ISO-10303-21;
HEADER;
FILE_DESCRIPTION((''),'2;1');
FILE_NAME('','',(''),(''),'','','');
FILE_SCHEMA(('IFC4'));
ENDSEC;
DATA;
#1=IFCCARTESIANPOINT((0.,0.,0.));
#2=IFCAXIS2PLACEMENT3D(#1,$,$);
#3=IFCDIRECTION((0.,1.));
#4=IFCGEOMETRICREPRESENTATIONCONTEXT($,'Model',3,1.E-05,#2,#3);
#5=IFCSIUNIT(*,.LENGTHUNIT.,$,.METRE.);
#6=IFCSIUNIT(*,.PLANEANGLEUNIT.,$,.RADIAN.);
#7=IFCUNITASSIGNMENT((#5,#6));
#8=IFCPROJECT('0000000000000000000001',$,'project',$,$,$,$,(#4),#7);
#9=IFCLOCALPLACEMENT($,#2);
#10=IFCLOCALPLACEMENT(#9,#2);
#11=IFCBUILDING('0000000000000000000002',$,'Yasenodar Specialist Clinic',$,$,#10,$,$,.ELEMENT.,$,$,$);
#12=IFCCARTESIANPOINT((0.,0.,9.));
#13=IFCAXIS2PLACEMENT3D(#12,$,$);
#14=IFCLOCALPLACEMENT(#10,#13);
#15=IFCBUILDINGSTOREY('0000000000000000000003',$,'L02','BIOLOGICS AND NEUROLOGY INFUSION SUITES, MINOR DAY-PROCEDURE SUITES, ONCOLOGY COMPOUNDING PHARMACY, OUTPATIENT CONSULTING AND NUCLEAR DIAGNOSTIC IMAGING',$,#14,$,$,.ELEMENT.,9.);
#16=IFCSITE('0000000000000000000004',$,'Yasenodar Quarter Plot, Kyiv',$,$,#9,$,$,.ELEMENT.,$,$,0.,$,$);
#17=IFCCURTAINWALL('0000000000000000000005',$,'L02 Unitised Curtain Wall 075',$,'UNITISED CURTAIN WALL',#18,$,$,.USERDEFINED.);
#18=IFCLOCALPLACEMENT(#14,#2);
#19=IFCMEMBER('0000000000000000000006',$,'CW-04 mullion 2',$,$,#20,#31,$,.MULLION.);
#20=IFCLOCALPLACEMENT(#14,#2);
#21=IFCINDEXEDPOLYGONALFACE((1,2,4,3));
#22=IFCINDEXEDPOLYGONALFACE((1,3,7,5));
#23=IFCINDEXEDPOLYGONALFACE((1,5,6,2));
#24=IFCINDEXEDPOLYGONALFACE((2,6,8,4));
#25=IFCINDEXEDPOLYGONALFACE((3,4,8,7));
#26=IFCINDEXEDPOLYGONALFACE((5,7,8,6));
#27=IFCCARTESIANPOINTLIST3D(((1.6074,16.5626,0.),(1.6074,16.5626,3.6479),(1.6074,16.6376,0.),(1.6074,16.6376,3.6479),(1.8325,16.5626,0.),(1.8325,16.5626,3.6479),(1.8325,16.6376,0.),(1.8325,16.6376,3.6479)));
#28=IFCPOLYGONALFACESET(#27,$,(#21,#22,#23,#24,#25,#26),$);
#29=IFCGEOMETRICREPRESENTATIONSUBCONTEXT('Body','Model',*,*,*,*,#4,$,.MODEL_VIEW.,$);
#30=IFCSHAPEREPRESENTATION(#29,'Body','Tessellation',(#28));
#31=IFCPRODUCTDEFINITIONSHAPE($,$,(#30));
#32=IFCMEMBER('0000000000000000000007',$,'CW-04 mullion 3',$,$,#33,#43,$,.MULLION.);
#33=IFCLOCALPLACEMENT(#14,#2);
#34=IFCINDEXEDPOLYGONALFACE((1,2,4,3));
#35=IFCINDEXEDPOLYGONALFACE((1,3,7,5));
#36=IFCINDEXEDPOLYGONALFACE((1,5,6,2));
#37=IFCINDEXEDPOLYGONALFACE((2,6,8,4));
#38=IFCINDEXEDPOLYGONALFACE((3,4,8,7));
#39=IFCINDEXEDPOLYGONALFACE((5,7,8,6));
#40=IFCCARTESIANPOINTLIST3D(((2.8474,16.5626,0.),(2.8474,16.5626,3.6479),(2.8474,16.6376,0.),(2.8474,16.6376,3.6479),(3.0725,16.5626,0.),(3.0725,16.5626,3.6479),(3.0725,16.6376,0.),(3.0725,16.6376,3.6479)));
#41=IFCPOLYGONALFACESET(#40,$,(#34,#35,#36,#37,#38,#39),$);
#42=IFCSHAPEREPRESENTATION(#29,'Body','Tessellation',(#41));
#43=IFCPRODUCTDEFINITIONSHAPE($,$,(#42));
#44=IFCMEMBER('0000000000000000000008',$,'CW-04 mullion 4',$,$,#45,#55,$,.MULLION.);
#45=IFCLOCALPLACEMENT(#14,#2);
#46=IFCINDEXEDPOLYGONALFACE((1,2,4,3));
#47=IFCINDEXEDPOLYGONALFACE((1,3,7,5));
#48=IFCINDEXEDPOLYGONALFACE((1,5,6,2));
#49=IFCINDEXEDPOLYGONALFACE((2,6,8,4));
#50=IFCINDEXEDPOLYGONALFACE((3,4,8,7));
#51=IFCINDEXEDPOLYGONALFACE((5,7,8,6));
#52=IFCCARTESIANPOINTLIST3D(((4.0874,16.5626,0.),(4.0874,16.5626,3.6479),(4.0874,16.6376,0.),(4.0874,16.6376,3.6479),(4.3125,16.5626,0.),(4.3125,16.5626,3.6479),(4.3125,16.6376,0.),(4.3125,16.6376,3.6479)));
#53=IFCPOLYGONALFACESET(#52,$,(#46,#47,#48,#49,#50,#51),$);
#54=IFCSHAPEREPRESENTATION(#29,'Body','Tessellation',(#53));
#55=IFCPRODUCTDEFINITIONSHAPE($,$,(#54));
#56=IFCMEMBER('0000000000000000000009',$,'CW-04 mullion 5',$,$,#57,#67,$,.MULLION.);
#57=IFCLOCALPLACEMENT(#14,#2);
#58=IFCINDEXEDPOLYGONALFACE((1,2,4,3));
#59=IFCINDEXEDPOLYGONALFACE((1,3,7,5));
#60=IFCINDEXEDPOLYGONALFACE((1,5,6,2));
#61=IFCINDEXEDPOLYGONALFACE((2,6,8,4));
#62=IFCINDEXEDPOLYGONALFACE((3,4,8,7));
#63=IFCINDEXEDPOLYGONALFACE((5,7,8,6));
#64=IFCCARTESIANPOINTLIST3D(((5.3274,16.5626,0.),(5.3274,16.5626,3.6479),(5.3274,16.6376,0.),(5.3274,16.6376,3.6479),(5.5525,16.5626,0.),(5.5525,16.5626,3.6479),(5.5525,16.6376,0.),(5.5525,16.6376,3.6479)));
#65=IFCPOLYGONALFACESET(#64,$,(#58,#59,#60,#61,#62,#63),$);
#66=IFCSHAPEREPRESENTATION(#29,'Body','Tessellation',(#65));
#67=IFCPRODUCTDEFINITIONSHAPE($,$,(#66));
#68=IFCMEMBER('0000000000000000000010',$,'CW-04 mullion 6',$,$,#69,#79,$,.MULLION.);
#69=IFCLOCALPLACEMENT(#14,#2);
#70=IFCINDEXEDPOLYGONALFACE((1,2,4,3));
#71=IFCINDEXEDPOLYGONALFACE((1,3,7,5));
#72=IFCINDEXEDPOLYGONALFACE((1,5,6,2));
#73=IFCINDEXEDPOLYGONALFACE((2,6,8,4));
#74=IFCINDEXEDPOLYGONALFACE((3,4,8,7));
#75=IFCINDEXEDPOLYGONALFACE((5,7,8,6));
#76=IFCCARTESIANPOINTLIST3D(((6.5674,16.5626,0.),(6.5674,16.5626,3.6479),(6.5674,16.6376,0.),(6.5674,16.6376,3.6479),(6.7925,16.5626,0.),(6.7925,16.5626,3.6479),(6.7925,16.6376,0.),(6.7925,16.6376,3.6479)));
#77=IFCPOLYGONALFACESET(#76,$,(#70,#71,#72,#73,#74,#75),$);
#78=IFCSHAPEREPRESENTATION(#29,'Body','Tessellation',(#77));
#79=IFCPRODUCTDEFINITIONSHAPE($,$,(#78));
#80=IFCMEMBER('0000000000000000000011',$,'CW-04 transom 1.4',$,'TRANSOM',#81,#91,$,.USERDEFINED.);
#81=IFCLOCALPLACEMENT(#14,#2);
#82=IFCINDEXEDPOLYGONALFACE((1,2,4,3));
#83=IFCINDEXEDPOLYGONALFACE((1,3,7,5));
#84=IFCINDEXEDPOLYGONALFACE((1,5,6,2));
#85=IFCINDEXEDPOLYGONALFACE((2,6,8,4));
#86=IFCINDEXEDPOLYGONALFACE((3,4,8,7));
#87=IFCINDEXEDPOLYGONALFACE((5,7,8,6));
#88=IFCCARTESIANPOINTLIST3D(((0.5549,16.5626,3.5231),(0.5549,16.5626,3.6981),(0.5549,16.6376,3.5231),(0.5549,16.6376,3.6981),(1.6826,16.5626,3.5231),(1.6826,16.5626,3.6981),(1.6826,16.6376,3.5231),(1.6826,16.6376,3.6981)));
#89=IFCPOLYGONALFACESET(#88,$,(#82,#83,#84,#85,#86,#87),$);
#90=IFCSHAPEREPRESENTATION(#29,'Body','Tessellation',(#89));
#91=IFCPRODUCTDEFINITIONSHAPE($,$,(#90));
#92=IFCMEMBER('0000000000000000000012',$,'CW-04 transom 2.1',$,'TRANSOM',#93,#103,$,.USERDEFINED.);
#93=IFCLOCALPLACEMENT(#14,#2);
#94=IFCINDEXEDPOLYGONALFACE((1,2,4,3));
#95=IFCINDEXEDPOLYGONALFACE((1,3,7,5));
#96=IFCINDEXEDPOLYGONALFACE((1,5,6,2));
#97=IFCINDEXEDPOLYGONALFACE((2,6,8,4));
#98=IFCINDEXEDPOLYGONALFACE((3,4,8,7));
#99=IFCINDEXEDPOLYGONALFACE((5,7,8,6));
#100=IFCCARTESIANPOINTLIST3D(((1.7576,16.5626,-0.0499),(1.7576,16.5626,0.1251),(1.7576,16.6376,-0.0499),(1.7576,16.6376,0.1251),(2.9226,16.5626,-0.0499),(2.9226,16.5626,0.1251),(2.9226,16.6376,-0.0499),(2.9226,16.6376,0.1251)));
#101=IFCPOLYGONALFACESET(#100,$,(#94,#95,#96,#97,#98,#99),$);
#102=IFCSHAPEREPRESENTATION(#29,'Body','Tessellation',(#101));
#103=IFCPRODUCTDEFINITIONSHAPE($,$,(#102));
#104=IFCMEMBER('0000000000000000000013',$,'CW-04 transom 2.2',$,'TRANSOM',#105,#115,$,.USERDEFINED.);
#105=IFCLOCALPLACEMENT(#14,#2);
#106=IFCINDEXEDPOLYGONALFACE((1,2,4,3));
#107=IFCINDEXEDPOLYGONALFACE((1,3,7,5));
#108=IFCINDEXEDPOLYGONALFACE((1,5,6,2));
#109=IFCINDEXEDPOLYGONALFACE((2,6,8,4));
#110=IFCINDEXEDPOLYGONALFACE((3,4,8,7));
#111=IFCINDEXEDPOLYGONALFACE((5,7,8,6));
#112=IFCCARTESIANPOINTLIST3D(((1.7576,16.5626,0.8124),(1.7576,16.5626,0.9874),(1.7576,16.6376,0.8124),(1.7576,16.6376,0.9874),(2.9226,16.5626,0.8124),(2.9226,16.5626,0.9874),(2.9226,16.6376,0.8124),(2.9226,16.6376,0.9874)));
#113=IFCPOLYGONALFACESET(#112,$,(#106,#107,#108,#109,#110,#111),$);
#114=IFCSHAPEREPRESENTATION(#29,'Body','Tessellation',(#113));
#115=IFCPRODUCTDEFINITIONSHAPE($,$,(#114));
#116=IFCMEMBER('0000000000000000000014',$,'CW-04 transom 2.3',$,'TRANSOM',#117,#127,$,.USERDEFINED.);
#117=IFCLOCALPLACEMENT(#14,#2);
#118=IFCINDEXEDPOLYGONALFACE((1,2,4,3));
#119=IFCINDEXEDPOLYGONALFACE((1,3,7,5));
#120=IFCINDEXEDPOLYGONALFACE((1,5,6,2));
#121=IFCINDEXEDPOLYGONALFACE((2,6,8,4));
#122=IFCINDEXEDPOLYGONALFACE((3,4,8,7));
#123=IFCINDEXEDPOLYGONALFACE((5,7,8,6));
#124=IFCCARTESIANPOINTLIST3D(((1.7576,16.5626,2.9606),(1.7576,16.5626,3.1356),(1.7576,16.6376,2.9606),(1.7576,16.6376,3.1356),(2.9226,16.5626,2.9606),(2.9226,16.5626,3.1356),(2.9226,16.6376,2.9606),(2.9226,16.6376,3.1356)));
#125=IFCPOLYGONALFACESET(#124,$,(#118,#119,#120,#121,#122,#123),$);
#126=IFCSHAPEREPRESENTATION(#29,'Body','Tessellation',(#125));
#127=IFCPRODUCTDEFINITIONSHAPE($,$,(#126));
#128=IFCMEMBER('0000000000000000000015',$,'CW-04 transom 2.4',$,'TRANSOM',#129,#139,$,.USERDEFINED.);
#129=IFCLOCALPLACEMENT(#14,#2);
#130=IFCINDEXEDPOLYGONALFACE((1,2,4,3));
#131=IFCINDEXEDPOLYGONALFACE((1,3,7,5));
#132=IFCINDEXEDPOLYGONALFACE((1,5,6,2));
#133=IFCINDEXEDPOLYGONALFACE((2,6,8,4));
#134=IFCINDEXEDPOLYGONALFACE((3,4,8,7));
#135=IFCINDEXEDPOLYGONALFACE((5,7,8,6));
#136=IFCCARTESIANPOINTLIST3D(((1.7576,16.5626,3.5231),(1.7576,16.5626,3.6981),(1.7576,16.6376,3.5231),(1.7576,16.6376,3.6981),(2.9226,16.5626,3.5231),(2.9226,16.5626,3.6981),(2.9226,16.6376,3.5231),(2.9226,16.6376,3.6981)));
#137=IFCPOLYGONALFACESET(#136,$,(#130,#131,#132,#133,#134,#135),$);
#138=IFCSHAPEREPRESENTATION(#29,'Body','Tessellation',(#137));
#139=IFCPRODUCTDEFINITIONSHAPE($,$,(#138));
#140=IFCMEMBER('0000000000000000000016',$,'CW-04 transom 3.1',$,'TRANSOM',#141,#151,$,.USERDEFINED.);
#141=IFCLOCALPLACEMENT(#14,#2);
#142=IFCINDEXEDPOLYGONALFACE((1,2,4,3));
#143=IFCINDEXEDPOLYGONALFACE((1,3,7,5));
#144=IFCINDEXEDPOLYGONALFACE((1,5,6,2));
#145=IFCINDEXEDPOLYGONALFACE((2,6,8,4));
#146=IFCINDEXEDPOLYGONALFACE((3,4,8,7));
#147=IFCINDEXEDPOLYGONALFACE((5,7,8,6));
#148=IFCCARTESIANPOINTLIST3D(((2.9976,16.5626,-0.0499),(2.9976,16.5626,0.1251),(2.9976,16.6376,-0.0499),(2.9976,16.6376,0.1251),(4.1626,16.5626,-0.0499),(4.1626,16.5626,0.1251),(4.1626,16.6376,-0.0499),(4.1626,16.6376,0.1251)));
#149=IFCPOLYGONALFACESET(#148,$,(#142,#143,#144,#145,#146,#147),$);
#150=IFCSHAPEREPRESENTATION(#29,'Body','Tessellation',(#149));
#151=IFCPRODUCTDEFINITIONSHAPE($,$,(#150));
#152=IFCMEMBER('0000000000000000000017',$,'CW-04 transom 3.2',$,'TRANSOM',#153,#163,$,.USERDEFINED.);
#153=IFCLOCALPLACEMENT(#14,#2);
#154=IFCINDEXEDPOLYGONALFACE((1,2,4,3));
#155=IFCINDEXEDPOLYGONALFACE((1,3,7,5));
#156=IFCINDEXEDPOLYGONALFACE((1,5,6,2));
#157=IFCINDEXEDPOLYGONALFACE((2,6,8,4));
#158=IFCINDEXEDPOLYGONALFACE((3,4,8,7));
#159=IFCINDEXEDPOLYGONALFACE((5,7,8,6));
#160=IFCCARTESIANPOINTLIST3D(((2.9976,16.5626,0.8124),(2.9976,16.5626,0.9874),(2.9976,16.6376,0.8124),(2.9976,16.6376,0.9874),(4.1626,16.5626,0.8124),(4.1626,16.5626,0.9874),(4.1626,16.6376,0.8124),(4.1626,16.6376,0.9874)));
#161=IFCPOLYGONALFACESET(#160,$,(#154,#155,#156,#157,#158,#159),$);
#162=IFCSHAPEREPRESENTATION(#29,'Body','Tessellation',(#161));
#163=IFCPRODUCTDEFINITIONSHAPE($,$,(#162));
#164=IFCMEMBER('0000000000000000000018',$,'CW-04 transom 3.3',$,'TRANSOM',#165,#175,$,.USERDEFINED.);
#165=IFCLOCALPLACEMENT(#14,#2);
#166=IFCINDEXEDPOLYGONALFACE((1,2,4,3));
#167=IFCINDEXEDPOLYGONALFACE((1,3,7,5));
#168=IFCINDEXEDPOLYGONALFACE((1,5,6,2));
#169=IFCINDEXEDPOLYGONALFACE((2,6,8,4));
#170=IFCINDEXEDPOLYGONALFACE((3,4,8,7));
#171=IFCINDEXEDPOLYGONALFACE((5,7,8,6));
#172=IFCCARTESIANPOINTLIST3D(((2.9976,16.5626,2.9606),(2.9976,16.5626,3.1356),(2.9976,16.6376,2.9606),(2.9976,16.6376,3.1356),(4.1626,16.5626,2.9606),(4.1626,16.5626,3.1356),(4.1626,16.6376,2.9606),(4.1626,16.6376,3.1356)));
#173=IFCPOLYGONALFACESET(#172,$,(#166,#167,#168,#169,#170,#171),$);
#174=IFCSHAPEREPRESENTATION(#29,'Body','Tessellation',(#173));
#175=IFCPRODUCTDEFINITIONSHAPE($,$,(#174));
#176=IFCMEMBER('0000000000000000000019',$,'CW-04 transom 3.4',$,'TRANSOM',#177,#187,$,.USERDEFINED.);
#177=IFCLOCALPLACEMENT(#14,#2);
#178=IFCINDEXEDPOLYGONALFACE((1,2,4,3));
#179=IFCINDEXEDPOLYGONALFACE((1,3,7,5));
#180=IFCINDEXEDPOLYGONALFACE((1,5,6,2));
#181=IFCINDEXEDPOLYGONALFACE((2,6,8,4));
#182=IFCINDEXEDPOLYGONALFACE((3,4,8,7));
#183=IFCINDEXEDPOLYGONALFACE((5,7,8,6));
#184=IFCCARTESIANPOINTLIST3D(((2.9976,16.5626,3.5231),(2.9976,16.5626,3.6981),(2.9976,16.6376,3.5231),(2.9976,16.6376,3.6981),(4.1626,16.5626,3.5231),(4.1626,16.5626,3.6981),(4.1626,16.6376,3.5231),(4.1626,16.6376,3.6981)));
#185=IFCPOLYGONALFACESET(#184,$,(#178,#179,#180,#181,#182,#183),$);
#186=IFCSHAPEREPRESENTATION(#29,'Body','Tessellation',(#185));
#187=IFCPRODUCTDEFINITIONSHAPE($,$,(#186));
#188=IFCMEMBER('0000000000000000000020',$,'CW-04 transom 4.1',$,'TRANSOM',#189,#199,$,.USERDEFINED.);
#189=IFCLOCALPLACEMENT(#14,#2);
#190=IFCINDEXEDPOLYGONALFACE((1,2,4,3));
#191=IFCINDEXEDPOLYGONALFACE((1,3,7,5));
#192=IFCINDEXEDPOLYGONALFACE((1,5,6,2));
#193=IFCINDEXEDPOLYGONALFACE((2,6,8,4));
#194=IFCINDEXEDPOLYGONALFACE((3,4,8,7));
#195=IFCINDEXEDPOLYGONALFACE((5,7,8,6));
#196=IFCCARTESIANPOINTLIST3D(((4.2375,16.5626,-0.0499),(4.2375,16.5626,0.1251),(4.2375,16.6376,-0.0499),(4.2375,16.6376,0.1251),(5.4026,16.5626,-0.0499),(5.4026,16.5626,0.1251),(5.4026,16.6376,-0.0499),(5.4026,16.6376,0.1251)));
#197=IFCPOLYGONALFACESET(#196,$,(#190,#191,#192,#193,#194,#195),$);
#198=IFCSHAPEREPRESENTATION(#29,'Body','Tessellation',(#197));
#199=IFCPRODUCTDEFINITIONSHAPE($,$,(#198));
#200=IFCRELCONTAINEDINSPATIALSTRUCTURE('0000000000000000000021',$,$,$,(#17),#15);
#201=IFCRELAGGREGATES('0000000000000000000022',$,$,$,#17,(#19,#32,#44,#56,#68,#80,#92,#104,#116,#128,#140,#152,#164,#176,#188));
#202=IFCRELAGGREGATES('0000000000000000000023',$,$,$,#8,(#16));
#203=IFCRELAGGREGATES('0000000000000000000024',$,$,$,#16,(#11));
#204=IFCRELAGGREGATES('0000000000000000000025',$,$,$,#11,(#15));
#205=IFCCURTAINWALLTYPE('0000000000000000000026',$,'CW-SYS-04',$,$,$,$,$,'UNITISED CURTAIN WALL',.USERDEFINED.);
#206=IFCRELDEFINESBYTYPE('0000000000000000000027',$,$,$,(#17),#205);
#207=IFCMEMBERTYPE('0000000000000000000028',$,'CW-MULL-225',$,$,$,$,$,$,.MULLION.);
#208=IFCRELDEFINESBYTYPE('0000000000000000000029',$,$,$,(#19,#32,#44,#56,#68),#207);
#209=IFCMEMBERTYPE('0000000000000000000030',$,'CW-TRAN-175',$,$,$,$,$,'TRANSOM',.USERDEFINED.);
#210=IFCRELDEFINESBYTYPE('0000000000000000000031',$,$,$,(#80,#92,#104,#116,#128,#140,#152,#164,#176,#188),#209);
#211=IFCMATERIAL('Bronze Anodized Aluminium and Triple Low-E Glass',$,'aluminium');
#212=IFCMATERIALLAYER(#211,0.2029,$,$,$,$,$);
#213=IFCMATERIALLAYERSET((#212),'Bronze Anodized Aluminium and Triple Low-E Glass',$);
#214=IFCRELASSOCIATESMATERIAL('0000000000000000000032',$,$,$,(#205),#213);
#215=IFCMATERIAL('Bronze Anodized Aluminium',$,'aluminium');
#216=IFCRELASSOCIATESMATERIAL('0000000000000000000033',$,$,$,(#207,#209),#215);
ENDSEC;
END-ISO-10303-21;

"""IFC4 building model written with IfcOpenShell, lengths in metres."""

from ifc_helpers import new_model, si_unit, direction, frame, origin, origin_2d, place, context, subcontext, project, spatial, rectangle, extrude, material, layer, layer_set, material_profile, profile_set, type_object, element, aggregate, save


model = new_model("IFC4")

# Units and contexts
model_context = context("Model", 3, precision=1e-05, world=origin(), true_north=direction((0.0, 1.0)))
body_context = subcontext(model_context, "Body", "Model", "MODEL_VIEW")
ifc_project = project(units=[si_unit("LENGTHUNIT", "METRE"), si_unit("PLANEANGLEUNIT", "RADIAN")], contexts=[model_context])

# Site, building, storey
site_placement = place(None, origin())
site = spatial("IfcSite", under=ifc_project, at=site_placement, Name="Yasenodar Quarter Plot, Kyiv", CompositionType="ELEMENT", RefElevation=0.0)
building_placement = place(site_placement, origin())
building = spatial("IfcBuilding", under=site, at=building_placement, Name="Yasenodar Specialist Clinic", CompositionType="ELEMENT")
storey_placement = place(building_placement, frame((0.0, 0.0, 9.0)))
storey = spatial("IfcBuildingStorey", under=building, at=storey_placement, Name="L02", Description="BIOLOGICS AND NEUROLOGY INFUSION SUITES, MINOR DAY-PROCEDURE SUITES, ONCOLOGY COMPOUNDING PHARMACY, OUTPATIENT CONSULTING AND NUCLEAR DIAGNOSTIC IMAGING", CompositionType="ELEMENT", Elevation=9.0)

# Curtain wall, members
ifc_material_1 = material(Name="Bronze Anodized Aluminium and Triple Low-E Glass", Category="aluminium")
ifc_layer_1 = layer(ifc_material_1, 0.2029)
ifc_layer_set_1 = layer_set([ifc_layer_1], Name="Bronze Anodized Aluminium and Triple Low-E Glass")
curtain_wall_type = type_object("IfcCurtainWallType", Name="CW-SYS-04", ElementType="UNITISED CURTAIN WALL", PredefinedType="USERDEFINED", material=ifc_layer_set_1)
curtain_wall_placement = place(storey_placement, origin())
curtain_wall = element("IfcCurtainWall", 1, at=curtain_wall_placement, inside=storey, type_object=curtain_wall_type, Name="L02 Unitised Curtain Wall 075", ObjectType="UNITISED CURTAIN WALL", PredefinedType="USERDEFINED")
ifc_material_2 = material(Name="Bronze Anodized Aluminium", Category="aluminium")
ifc_material_profile_1 = material_profile(ifc_material_2, rectangle(XDim=0.075, YDim=0.2251, at=origin_2d()), Name="CW-MULL 75x225")
ifc_profile_set_1 = profile_set([ifc_material_profile_1], Name="Bronze Anodized Aluminium")
member_type_1 = type_object("IfcMemberType", Name="CW-MULL-225", PredefinedType="MULLION", material=ifc_profile_set_1)
member_1_placement = place(storey_placement, frame((1.72, 16.6001, 0.0), z_axis=(0.0, 0.0, 1.0), x_axis=(0.0, 1.0, 0.0)))
member_1 = element("IfcMember", 2, at=member_1_placement, type_object=member_type_1, Name="CW-04 mullion 2", PredefinedType="MULLION", context=body_context, shape_type="SweptSolid", body=[
    extrude(rectangle(XDim=0.075, YDim=0.2251, at=origin_2d()), origin(), (0.0, 0.0, 1.0), 3.6479),
])
member_2_placement = place(storey_placement, frame((2.96, 16.6001, 0.0), z_axis=(0.0, 0.0, 1.0), x_axis=(0.0, 1.0, 0.0)))
member_2 = element("IfcMember", 3, at=member_2_placement, type_object=member_type_1, Name="CW-04 mullion 3", PredefinedType="MULLION", context=body_context, shape_type="SweptSolid", body=[
    extrude(rectangle(XDim=0.075, YDim=0.2251, at=origin_2d()), origin(), (0.0, 0.0, 1.0), 3.6479),
])
member_3_placement = place(storey_placement, frame((4.2, 16.6001, 0.0), z_axis=(0.0, 0.0, 1.0), x_axis=(0.0, 1.0, 0.0)))
member_3 = element("IfcMember", 4, at=member_3_placement, type_object=member_type_1, Name="CW-04 mullion 4", PredefinedType="MULLION", context=body_context, shape_type="SweptSolid", body=[
    extrude(rectangle(XDim=0.075, YDim=0.2251, at=origin_2d()), origin(), (0.0, 0.0, 1.0), 3.6479),
])
member_4_placement = place(storey_placement, frame((5.4399, 16.6001, 0.0), z_axis=(0.0, 0.0, 1.0), x_axis=(0.0, 1.0, 0.0)))
member_4 = element("IfcMember", 5, at=member_4_placement, type_object=member_type_1, Name="CW-04 mullion 5", PredefinedType="MULLION", context=body_context, shape_type="SweptSolid", body=[
    extrude(rectangle(XDim=0.075, YDim=0.2251, at=origin_2d()), origin(), (0.0, 0.0, 1.0), 3.6479),
])
member_5_placement = place(storey_placement, frame((6.6799, 16.6001, 0.0), z_axis=(0.0, 0.0, 1.0), x_axis=(0.0, 1.0, 0.0)))
member_5 = element("IfcMember", 6, at=member_5_placement, type_object=member_type_1, Name="CW-04 mullion 6", PredefinedType="MULLION", context=body_context, shape_type="SweptSolid", body=[
    extrude(rectangle(XDim=0.075, YDim=0.2251, at=origin_2d()), origin(), (0.0, 0.0, 1.0), 3.6479),
])
ifc_material_profile_2 = material_profile(ifc_material_2, rectangle(XDim=0.075, YDim=0.175, at=origin_2d()), Name="CW-TRAN 75x175")
ifc_profile_set_2 = profile_set([ifc_material_profile_2], Name="Bronze Anodized Aluminium")
member_type_2 = type_object("IfcMemberType", Name="CW-TRAN-175", ElementType="TRANSOM", PredefinedType="USERDEFINED", material=ifc_profile_set_2)
member_6_placement = place(storey_placement, frame((0.5549, 16.6001, 3.6106), z_axis=(1.0, 0.0, 0.0), x_axis=(0.0, 1.0, 0.0)))
member_6 = element("IfcMember", 7, at=member_6_placement, type_object=member_type_2, Name="CW-04 transom 1.4", ObjectType="TRANSOM", PredefinedType="USERDEFINED", context=body_context, shape_type="SweptSolid", body=[
    extrude(rectangle(XDim=0.075, YDim=0.175, at=origin_2d()), origin(), (0.0, 0.0, 1.0), 1.1277),
])
member_7_placement = place(storey_placement, frame((1.7576, 16.6001, 0.0376), z_axis=(1.0, 0.0, 0.0), x_axis=(0.0, 1.0, 0.0)))
member_7 = element("IfcMember", 8, at=member_7_placement, type_object=member_type_2, Name="CW-04 transom 2.1", ObjectType="TRANSOM", PredefinedType="USERDEFINED", context=body_context, shape_type="SweptSolid", body=[
    extrude(rectangle(XDim=0.075, YDim=0.175, at=origin_2d()), origin(), (0.0, 0.0, 1.0), 1.165),
])
member_8_placement = place(storey_placement, frame((1.7576, 16.6001, 0.8999), z_axis=(1.0, 0.0, 0.0), x_axis=(0.0, 1.0, 0.0)))
member_8 = element("IfcMember", 9, at=member_8_placement, type_object=member_type_2, Name="CW-04 transom 2.2", ObjectType="TRANSOM", PredefinedType="USERDEFINED", context=body_context, shape_type="SweptSolid", body=[
    extrude(rectangle(XDim=0.075, YDim=0.175, at=origin_2d()), origin(), (0.0, 0.0, 1.0), 1.165),
])
member_9_placement = place(storey_placement, frame((1.7576, 16.6001, 3.0481), z_axis=(1.0, 0.0, 0.0), x_axis=(0.0, 1.0, 0.0)))
member_9 = element("IfcMember", 10, at=member_9_placement, type_object=member_type_2, Name="CW-04 transom 2.3", ObjectType="TRANSOM", PredefinedType="USERDEFINED", context=body_context, shape_type="SweptSolid", body=[
    extrude(rectangle(XDim=0.075, YDim=0.175, at=origin_2d()), origin(), (0.0, 0.0, 1.0), 1.165),
])
member_10_placement = place(storey_placement, frame((1.7576, 16.6001, 3.6106), z_axis=(1.0, 0.0, 0.0), x_axis=(0.0, 1.0, 0.0)))
member_10 = element("IfcMember", 11, at=member_10_placement, type_object=member_type_2, Name="CW-04 transom 2.4", ObjectType="TRANSOM", PredefinedType="USERDEFINED", context=body_context, shape_type="SweptSolid", body=[
    extrude(rectangle(XDim=0.075, YDim=0.175, at=origin_2d()), origin(), (0.0, 0.0, 1.0), 1.165),
])
member_11_placement = place(storey_placement, frame((2.9976, 16.6001, 0.0376), z_axis=(1.0, 0.0, 0.0), x_axis=(0.0, 1.0, 0.0)))
member_11 = element("IfcMember", 12, at=member_11_placement, type_object=member_type_2, Name="CW-04 transom 3.1", ObjectType="TRANSOM", PredefinedType="USERDEFINED", context=body_context, shape_type="SweptSolid", body=[
    extrude(rectangle(XDim=0.075, YDim=0.175, at=origin_2d()), origin(), (0.0, 0.0, 1.0), 1.165),
])
member_12_placement = place(storey_placement, frame((2.9976, 16.6001, 0.8999), z_axis=(1.0, 0.0, 0.0), x_axis=(0.0, 1.0, 0.0)))
member_12 = element("IfcMember", 13, at=member_12_placement, type_object=member_type_2, Name="CW-04 transom 3.2", ObjectType="TRANSOM", PredefinedType="USERDEFINED", context=body_context, shape_type="SweptSolid", body=[
    extrude(rectangle(XDim=0.075, YDim=0.175, at=origin_2d()), origin(), (0.0, 0.0, 1.0), 1.165),
])
member_13_placement = place(storey_placement, frame((2.9976, 16.6001, 3.0481), z_axis=(1.0, 0.0, 0.0), x_axis=(0.0, 1.0, 0.0)))
member_13 = element("IfcMember", 14, at=member_13_placement, type_object=member_type_2, Name="CW-04 transom 3.3", ObjectType="TRANSOM", PredefinedType="USERDEFINED", context=body_context, shape_type="SweptSolid", body=[
    extrude(rectangle(XDim=0.075, YDim=0.175, at=origin_2d()), origin(), (0.0, 0.0, 1.0), 1.165),
])
member_14_placement = place(storey_placement, frame((2.9976, 16.6001, 3.6106), z_axis=(1.0, 0.0, 0.0), x_axis=(0.0, 1.0, 0.0)))
member_14 = element("IfcMember", 15, at=member_14_placement, type_object=member_type_2, Name="CW-04 transom 3.4", ObjectType="TRANSOM", PredefinedType="USERDEFINED", context=body_context, shape_type="SweptSolid", body=[
    extrude(rectangle(XDim=0.075, YDim=0.175, at=origin_2d()), origin(), (0.0, 0.0, 1.0), 1.165),
])
member_15_placement = place(storey_placement, frame((4.2375, 16.6001, 0.0376), z_axis=(1.0, 0.0, 0.0), x_axis=(0.0, 1.0, 0.0)))
member_15 = element("IfcMember", 16, at=member_15_placement, type_object=member_type_2, Name="CW-04 transom 4.1", ObjectType="TRANSOM", PredefinedType="USERDEFINED", context=body_context, shape_type="SweptSolid", body=[
    extrude(rectangle(XDim=0.075, YDim=0.175, at=origin_2d()), origin(), (0.0, 0.0, 1.0), 1.165),
])
aggregate(curtain_wall, [member_1, member_2, member_3, member_4, member_5, member_6, member_7, member_8, member_9, member_10, member_11, member_12, member_13, member_14, member_15])

save(model, "model.ifc")
